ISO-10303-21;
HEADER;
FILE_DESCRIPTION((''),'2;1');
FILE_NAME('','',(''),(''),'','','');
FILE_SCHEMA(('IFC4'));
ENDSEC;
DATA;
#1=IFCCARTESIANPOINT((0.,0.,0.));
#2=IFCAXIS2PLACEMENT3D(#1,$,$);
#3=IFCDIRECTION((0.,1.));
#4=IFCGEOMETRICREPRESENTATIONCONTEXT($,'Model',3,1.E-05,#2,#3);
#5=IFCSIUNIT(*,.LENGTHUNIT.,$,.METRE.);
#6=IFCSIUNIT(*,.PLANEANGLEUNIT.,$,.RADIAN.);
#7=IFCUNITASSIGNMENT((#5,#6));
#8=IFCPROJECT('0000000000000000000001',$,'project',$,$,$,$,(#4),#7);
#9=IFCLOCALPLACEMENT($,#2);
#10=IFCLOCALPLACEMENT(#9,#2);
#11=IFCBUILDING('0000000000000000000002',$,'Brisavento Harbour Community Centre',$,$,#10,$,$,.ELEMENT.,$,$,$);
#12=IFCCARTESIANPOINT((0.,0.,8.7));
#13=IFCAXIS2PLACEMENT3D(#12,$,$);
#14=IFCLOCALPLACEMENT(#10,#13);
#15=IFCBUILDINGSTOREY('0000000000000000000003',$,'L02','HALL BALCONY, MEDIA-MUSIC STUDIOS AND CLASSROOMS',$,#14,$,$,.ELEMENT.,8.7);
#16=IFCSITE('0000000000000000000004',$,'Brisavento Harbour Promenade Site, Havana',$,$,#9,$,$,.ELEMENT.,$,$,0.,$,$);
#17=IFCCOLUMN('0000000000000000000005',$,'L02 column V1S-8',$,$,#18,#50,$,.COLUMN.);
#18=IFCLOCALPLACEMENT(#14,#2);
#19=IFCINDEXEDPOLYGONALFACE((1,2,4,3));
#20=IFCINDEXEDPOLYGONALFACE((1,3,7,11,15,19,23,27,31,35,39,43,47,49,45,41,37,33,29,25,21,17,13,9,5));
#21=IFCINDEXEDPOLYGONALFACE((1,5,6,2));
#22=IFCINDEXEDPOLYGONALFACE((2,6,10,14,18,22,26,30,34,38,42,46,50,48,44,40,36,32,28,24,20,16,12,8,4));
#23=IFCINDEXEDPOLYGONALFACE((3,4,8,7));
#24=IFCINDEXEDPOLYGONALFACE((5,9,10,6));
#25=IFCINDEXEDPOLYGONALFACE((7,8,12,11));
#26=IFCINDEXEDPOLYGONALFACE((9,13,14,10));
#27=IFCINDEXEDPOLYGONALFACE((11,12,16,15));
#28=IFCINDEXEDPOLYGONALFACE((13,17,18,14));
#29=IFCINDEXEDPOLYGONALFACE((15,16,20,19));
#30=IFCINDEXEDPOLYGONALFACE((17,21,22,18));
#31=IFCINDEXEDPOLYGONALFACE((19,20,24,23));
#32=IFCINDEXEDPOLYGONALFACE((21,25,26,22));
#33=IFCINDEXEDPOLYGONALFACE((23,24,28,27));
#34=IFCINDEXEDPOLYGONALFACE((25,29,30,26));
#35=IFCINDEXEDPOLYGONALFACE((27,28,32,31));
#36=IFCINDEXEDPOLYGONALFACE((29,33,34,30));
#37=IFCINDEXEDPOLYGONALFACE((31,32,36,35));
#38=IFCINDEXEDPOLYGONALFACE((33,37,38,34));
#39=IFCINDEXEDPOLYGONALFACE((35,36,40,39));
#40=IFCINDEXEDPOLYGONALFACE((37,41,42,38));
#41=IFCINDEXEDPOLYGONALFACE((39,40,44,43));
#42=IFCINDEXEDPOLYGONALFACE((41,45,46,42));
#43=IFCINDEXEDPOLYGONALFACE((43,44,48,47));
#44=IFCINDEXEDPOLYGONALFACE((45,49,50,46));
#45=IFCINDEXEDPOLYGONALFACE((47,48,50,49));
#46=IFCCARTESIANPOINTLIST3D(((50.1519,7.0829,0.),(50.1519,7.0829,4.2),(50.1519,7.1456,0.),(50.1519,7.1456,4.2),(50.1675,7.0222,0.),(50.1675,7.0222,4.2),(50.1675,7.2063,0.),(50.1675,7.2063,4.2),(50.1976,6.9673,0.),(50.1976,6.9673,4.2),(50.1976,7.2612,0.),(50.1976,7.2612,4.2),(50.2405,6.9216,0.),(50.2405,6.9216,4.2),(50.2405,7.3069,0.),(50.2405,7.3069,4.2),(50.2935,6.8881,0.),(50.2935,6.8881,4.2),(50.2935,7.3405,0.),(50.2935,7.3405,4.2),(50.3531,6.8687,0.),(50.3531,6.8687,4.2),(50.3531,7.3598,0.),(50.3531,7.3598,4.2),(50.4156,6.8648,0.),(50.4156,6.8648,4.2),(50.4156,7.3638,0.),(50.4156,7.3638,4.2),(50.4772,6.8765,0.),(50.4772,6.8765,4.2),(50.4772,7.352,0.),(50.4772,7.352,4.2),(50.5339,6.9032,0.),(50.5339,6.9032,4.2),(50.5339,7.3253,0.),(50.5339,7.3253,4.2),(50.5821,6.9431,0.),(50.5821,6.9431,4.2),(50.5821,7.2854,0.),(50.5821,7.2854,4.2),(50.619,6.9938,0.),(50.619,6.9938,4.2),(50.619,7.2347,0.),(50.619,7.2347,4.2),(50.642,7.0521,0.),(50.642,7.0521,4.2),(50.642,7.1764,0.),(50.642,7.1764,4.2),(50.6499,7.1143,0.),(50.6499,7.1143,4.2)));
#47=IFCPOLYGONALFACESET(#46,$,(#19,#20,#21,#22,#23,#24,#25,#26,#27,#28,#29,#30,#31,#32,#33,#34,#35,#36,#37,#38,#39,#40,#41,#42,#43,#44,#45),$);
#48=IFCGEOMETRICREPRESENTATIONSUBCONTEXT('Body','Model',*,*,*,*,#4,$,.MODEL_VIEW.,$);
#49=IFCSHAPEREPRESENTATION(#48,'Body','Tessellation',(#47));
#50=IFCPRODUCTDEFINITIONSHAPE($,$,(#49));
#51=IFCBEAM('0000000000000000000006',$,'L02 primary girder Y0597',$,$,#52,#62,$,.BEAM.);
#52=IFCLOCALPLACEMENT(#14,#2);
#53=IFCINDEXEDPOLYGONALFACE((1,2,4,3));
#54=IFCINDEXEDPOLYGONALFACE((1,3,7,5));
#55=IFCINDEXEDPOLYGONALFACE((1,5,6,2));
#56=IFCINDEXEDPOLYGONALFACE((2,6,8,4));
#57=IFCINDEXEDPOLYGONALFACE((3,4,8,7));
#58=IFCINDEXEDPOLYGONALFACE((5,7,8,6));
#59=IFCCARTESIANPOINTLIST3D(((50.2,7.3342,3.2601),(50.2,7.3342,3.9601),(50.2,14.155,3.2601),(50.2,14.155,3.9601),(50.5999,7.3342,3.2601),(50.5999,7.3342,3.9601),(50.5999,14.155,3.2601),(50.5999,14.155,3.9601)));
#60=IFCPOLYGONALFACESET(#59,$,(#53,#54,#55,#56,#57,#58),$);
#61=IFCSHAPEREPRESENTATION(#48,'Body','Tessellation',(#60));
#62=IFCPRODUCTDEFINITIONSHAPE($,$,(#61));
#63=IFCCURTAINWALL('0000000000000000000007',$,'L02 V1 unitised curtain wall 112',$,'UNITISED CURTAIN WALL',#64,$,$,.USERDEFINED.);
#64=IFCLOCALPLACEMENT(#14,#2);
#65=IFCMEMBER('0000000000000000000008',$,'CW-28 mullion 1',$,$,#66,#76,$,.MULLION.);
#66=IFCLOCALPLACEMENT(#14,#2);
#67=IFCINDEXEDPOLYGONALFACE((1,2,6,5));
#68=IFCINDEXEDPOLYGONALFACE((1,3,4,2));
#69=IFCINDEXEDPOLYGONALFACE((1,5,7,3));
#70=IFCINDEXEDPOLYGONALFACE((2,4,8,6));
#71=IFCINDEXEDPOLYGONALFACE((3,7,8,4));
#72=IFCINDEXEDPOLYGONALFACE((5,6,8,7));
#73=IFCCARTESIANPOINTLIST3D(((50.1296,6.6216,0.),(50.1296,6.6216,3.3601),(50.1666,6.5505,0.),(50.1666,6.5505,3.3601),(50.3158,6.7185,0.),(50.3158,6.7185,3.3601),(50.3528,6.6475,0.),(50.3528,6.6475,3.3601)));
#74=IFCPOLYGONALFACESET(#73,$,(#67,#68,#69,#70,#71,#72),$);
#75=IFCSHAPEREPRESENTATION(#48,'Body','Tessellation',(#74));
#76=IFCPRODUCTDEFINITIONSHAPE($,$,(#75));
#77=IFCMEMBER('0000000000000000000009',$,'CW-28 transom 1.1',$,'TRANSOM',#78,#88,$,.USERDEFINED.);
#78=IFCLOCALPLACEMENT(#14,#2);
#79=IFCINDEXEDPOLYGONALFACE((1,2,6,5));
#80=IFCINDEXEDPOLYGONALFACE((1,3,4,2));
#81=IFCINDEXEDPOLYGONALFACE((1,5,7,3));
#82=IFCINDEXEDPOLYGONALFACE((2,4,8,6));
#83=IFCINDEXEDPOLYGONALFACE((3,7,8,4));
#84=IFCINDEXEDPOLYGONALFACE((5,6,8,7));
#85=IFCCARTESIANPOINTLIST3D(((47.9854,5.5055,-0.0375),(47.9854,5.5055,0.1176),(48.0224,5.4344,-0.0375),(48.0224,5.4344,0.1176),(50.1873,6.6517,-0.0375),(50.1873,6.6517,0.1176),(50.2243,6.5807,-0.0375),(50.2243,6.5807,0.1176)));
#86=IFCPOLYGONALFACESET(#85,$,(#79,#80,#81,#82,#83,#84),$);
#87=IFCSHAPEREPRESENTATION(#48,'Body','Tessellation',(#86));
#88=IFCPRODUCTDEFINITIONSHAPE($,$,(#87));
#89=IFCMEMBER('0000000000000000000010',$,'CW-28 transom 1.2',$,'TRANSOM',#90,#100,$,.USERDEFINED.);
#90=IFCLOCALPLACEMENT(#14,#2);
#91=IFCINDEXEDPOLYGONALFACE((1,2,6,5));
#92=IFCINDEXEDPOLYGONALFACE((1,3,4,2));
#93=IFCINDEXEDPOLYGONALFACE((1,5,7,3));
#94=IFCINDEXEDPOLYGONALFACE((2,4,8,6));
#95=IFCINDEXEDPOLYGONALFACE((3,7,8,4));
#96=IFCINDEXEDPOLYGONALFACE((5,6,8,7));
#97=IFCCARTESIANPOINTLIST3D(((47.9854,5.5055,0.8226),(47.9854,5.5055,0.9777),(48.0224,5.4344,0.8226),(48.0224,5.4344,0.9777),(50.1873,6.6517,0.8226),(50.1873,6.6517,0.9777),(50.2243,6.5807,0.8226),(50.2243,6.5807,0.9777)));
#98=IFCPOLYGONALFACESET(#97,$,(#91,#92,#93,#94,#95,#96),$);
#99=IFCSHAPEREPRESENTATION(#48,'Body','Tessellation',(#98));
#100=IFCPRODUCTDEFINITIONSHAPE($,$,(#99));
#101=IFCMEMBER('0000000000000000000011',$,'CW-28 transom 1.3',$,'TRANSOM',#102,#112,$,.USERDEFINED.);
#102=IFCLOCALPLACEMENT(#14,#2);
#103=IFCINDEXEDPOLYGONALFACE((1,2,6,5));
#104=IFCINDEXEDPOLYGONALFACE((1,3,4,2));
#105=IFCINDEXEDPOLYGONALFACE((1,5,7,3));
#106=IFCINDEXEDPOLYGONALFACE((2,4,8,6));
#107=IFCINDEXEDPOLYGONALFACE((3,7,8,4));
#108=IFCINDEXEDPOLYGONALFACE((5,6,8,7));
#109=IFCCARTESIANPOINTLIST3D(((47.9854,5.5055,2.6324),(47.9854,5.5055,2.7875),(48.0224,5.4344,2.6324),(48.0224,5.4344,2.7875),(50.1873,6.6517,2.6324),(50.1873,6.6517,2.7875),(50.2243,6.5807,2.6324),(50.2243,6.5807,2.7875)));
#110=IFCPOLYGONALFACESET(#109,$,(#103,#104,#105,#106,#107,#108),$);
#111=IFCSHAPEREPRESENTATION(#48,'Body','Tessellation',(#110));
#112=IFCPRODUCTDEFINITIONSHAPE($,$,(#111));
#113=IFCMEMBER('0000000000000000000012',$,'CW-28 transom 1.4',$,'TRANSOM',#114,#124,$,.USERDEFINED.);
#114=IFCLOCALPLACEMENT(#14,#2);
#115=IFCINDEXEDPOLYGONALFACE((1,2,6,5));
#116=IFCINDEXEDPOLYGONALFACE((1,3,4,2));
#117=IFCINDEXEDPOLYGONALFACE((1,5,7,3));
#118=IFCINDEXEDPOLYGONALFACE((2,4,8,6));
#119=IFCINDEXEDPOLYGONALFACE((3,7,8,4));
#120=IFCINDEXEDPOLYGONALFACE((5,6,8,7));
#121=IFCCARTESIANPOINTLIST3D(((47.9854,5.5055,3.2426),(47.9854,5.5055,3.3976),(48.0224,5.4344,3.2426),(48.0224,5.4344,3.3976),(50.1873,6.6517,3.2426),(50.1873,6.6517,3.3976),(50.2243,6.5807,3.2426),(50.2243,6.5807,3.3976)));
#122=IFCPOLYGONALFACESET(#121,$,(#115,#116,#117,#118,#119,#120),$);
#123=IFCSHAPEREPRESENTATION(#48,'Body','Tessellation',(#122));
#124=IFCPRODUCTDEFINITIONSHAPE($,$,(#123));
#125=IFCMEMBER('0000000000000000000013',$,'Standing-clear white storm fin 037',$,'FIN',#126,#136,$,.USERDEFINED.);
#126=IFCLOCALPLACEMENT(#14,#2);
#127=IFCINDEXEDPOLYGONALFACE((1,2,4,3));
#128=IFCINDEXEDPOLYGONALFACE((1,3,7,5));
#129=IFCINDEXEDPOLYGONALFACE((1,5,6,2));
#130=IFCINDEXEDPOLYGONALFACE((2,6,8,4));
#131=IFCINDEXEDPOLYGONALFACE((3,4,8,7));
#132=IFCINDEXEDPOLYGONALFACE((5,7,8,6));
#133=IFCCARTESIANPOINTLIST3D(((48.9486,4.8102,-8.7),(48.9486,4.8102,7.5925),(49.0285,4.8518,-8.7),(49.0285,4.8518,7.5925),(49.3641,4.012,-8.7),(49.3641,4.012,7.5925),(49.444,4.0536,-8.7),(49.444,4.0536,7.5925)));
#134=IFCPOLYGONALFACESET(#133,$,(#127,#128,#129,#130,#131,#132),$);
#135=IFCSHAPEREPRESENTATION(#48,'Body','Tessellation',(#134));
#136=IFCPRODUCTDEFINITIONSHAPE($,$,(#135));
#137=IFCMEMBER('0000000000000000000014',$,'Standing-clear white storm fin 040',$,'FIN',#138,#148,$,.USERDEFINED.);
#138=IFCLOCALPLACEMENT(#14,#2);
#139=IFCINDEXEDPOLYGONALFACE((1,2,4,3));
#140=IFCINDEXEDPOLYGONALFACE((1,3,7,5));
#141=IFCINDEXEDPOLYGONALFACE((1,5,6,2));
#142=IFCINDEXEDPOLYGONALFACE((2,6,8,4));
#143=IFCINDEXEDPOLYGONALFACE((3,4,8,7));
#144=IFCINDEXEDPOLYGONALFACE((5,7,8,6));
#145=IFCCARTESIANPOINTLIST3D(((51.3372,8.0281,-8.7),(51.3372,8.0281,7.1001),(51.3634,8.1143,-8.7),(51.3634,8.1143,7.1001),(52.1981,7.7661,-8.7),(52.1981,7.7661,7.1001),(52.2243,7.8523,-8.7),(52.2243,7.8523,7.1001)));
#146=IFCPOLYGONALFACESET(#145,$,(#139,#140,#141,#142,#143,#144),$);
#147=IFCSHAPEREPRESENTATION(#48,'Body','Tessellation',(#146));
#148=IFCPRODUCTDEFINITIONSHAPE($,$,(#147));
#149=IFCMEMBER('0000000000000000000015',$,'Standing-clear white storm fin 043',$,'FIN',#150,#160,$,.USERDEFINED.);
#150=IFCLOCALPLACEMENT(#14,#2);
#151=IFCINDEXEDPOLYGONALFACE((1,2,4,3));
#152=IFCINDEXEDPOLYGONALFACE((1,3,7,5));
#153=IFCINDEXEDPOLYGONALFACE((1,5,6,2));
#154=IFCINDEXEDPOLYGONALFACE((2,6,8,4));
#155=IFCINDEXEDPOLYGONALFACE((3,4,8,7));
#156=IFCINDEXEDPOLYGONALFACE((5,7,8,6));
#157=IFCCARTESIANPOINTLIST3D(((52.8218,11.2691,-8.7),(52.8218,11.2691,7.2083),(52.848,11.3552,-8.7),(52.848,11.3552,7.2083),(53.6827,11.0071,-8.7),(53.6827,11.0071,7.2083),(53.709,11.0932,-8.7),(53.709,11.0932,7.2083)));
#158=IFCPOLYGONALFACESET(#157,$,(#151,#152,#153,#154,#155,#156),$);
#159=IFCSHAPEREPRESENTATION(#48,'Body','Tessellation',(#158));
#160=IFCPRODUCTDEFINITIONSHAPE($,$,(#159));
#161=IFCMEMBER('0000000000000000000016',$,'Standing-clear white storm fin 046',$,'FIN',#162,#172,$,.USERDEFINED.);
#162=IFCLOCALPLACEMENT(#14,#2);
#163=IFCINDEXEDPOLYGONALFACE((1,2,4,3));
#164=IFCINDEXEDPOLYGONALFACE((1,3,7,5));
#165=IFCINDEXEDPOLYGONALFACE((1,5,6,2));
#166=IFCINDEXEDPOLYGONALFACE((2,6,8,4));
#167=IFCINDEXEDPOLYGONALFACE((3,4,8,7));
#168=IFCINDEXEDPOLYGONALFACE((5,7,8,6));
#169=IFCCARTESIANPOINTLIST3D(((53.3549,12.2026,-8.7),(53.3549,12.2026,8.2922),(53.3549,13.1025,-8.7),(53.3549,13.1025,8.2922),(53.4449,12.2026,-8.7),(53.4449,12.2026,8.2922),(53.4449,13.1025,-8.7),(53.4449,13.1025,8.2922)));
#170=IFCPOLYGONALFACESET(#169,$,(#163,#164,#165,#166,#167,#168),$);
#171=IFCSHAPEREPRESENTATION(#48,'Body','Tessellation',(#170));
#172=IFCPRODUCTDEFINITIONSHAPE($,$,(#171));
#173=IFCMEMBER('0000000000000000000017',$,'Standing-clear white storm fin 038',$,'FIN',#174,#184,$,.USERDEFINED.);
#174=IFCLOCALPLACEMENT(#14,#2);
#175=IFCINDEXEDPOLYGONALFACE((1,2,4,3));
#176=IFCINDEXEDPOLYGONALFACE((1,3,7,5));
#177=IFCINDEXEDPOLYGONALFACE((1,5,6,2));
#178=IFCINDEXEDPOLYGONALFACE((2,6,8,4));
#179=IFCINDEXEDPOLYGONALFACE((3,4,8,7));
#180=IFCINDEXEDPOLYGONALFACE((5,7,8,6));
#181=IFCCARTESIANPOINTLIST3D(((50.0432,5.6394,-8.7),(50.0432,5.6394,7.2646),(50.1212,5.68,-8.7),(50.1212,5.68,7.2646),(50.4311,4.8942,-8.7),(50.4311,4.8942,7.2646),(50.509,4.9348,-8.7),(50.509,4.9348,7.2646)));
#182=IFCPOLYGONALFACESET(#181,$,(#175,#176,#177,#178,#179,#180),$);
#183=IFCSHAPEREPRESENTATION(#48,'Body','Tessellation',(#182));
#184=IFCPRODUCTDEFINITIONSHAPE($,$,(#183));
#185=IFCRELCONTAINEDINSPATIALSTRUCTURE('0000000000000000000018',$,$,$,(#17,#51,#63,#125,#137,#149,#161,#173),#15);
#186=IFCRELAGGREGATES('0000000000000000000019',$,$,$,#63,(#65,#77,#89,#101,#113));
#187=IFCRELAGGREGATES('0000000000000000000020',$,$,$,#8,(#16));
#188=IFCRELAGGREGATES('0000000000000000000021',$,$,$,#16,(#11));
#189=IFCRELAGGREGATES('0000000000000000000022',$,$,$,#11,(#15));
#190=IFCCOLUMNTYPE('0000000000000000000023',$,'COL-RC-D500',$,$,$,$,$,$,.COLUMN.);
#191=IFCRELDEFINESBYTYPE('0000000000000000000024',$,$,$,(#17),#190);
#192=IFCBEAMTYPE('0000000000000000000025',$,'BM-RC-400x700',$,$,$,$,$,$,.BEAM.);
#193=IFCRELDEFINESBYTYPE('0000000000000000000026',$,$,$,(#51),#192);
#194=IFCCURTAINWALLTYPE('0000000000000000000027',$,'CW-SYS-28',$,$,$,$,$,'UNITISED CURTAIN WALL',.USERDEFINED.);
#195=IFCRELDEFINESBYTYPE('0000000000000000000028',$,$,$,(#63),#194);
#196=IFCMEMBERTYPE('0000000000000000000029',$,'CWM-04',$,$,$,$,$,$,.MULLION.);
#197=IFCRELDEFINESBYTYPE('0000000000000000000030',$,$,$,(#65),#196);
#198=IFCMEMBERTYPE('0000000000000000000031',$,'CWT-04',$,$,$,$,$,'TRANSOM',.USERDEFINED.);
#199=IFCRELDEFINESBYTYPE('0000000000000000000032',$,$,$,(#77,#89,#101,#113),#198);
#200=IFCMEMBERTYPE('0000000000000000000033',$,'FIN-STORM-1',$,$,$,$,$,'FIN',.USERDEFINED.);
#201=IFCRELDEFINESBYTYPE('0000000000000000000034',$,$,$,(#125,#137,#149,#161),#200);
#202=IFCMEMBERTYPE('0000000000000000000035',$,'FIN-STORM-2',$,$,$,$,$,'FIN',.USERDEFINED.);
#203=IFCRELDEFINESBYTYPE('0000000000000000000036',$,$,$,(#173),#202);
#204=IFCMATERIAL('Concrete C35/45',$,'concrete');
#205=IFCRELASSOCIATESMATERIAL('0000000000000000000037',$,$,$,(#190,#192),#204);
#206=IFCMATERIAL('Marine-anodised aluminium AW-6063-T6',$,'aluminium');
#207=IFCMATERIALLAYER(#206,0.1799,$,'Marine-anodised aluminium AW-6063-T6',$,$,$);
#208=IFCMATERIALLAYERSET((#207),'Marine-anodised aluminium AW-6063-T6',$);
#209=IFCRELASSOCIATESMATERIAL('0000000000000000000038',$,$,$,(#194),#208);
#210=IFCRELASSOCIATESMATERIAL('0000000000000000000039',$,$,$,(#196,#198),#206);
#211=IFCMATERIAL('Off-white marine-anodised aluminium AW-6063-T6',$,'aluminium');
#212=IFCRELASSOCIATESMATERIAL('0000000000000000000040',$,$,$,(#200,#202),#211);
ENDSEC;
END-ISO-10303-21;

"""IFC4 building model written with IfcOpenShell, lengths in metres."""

from ifc_helpers import new_model, si_unit, direction, frame, origin, origin_2d, place, context, subcontext, project, spatial, rectangle, circle, extrude, material, layer, layer_set, material_profile, profile_set, type_object, element, aggregate, save


model = new_model("IFC4")

# Units and contexts
model_context = context("Model", 3, precision=1e-05, world=origin(), true_north=direction((0.0, 1.0)))
body_context = subcontext(model_context, "Body", "Model", "MODEL_VIEW")
ifc_project = project(units=[si_unit("LENGTHUNIT", "METRE"), si_unit("PLANEANGLEUNIT", "RADIAN")], contexts=[model_context])

# Site, building, storey
site_placement = place(None, origin())
site = spatial("IfcSite", under=ifc_project, at=site_placement, Name="Brisavento Harbour Promenade Site, Havana", CompositionType="ELEMENT", RefElevation=0.0)
building_placement = place(site_placement, origin())
building = spatial("IfcBuilding", under=site, at=building_placement, Name="Brisavento Harbour Community Centre", CompositionType="ELEMENT")
storey_placement = place(building_placement, frame((0.0, 0.0, 8.7)))
storey = spatial("IfcBuildingStorey", under=building, at=storey_placement, Name="L02", Description="HALL BALCONY, MEDIA-MUSIC STUDIOS AND CLASSROOMS", CompositionType="ELEMENT", Elevation=8.7)

# Column
ifc_material_1 = material(Name="Concrete C35/45", Category="concrete")
ifc_material_profile_1 = material_profile(ifc_material_1, circle(Radius=0.25, at=origin_2d()), Name="Concrete C35/45")
ifc_profile_set_1 = profile_set([ifc_material_profile_1], Name="Concrete C35/45")
column_type = type_object("IfcColumnType", Name="COL-RC-D500", PredefinedType="COLUMN", material=ifc_profile_set_1)
column_placement = place(storey_placement, frame((50.3999, 7.1143, 0.0), z_axis=(0.0, 0.0, 1.0), x_axis=(1.0, 0.0, 0.0)))
element("IfcColumn", 1, at=column_placement, inside=storey, type_object=column_type, Name="L02 column V1S-8", PredefinedType="COLUMN", context=body_context, shape_type="SweptSolid", body=[
    extrude(circle(Radius=0.25, at=origin_2d()), origin(), (0.0, 0.0, 1.0), 4.2),
])

# Beam
ifc_material_profile_2 = material_profile(ifc_material_1, rectangle(XDim=0.3999, YDim=0.7, at=origin_2d()), Name="Concrete C35/45")
ifc_profile_set_2 = profile_set([ifc_material_profile_2], Name="Concrete C35/45")
beam_type = type_object("IfcBeamType", Name="BM-RC-400x700", PredefinedType="BEAM", material=ifc_profile_set_2)
beam_placement = place(storey_placement, frame((50.3999, 7.3342, 3.6101), z_axis=(0.0, 1.0, 0.0), x_axis=(-1.0, 0.0, 0.0)))
element("IfcBeam", 2, at=beam_placement, inside=storey, type_object=beam_type, Name="L02 primary girder Y0597", PredefinedType="BEAM", context=body_context, shape_type="SweptSolid", body=[
    extrude(rectangle(XDim=0.3999, YDim=0.7, at=origin_2d()), origin(), (0.0, 0.0, 1.0), 6.8208),
])

# Curtain wall, members
ifc_material_2 = material(Name="Marine-anodised aluminium AW-6063-T6", Category="aluminium")
ifc_layer_1 = layer(ifc_material_2, 0.1799, Name="Marine-anodised aluminium AW-6063-T6")
ifc_layer_set_1 = layer_set([ifc_layer_1], Name="Marine-anodised aluminium AW-6063-T6")
curtain_wall_type = type_object("IfcCurtainWallType", Name="CW-SYS-28", ElementType="UNITISED CURTAIN WALL", PredefinedType="USERDEFINED", material=ifc_layer_set_1)
curtain_wall_placement = place(storey_placement, origin())
curtain_wall = element("IfcCurtainWall", 3, at=curtain_wall_placement, inside=storey, type_object=curtain_wall_type, Name="L02 V1 unitised curtain wall 112", ObjectType="UNITISED CURTAIN WALL", PredefinedType="USERDEFINED")
ifc_material_profile_3 = material_profile(ifc_material_2, rectangle(XDim=0.0801, YDim=0.21, at=origin_2d()), Name="Marine-anodised aluminium AW-6063-T6")
ifc_profile_set_3 = profile_set([ifc_material_profile_3], Name="Marine-anodised aluminium AW-6063-T6")
member_type_1 = type_object("IfcMemberType", Name="CWM-04", PredefinedType="MULLION", material=ifc_profile_set_3)
member_1_placement = place(storey_placement, frame((50.2412, 6.6345, 0.0), z_axis=(0.0, 0.0, 1.0), x_axis=(0.461732, -0.88702, 0.0)))
member_1 = element("IfcMember", 4, at=member_1_placement, type_object=member_type_1, Name="CW-28 mullion 1", PredefinedType="MULLION", context=body_context, shape_type="SweptSolid", body=[
    extrude(rectangle(XDim=0.0801, YDim=0.21, at=origin_2d()), origin(), (0.0, 0.0, 1.0), 3.3601),
])
ifc_material_profile_4 = material_profile(ifc_material_2, rectangle(XDim=0.0801, YDim=0.155, at=origin_2d()), Name="Marine-anodised aluminium AW-6063-T6")
ifc_profile_set_4 = profile_set([ifc_material_profile_4], Name="Marine-anodised aluminium AW-6063-T6")
member_type_2 = type_object("IfcMemberType", Name="CWT-04", ElementType="TRANSOM", PredefinedType="USERDEFINED", material=ifc_profile_set_4)
member_2_placement = place(storey_placement, frame((50.2058, 6.6162, 0.04), z_axis=(-0.887011, -0.461749, 0.0), x_axis=(0.461749, -0.887011, 0.0)))
member_2 = element("IfcMember", 5, at=member_2_placement, type_object=member_type_2, Name="CW-28 transom 1.1", ObjectType="TRANSOM", PredefinedType="USERDEFINED", context=body_context, shape_type="SweptSolid", body=[
    extrude(rectangle(XDim=0.0801, YDim=0.155, at=origin_2d()), origin(), (0.0, 0.0, 1.0), 2.4824),
])
member_3_placement = place(storey_placement, frame((50.2058, 6.6162, 0.9001), z_axis=(-0.887011, -0.461749, 0.0), x_axis=(0.461749, -0.887011, 0.0)))
member_3 = element("IfcMember", 6, at=member_3_placement, type_object=member_type_2, Name="CW-28 transom 1.2", ObjectType="TRANSOM", PredefinedType="USERDEFINED", context=body_context, shape_type="SweptSolid", body=[
    extrude(rectangle(XDim=0.0801, YDim=0.155, at=origin_2d()), origin(), (0.0, 0.0, 1.0), 2.4824),
])
member_4_placement = place(storey_placement, frame((50.2058, 6.6162, 2.71), z_axis=(-0.887011, -0.461749, 0.0), x_axis=(0.461749, -0.887011, 0.0)))
member_4 = element("IfcMember", 7, at=member_4_placement, type_object=member_type_2, Name="CW-28 transom 1.3", ObjectType="TRANSOM", PredefinedType="USERDEFINED", context=body_context, shape_type="SweptSolid", body=[
    extrude(rectangle(XDim=0.0801, YDim=0.155, at=origin_2d()), origin(), (0.0, 0.0, 1.0), 2.4824),
])
member_5_placement = place(storey_placement, frame((50.2058, 6.6162, 3.3201), z_axis=(-0.887011, -0.461749, 0.0), x_axis=(0.461749, -0.887011, 0.0)))
member_5 = element("IfcMember", 8, at=member_5_placement, type_object=member_type_2, Name="CW-28 transom 1.4", ObjectType="TRANSOM", PredefinedType="USERDEFINED", context=body_context, shape_type="SweptSolid", body=[
    extrude(rectangle(XDim=0.0801, YDim=0.155, at=origin_2d()), origin(), (0.0, 0.0, 1.0), 2.4824),
])

# Members
ifc_material_3 = material(Name="Off-white marine-anodised aluminium AW-6063-T6", Category="aluminium")
ifc_material_profile_5 = material_profile(ifc_material_3, rectangle(XDim=0.0901, YDim=0.8999, at=origin_2d()), Name="Off-white marine-anodised aluminium AW-6063-T6")
ifc_profile_set_5 = profile_set([ifc_material_profile_5], Name="Off-white marine-anodised aluminium AW-6063-T6")
member_type_3 = type_object("IfcMemberType", Name="FIN-STORM-1", ElementType="FIN", PredefinedType="USERDEFINED", material=ifc_profile_set_5)
member_6_placement = place(storey_placement, frame((49.1963, 4.4319, -8.7), z_axis=(0.0, 0.0, 1.0), x_axis=(-0.887035, -0.461702, 0.0)))
element("IfcMember", 9, at=member_6_placement, inside=storey, type_object=member_type_3, Name="Standing-clear white storm fin 037", ObjectType="FIN", PredefinedType="USERDEFINED", context=body_context, shape_type="SweptSolid", body=[
    extrude(rectangle(XDim=0.0901, YDim=0.8999, at=origin_2d()), origin(), (0.0, 0.0, 1.0), 16.2925),
])
member_7_placement = place(storey_placement, frame((51.7808, 7.9402, -8.7), z_axis=(0.0, 0.0, 1.0), x_axis=(-0.291153, -0.956676, 0.0)))
element("IfcMember", 10, at=member_7_placement, inside=storey, type_object=member_type_3, Name="Standing-clear white storm fin 040", ObjectType="FIN", PredefinedType="USERDEFINED", context=body_context, shape_type="SweptSolid", body=[
    extrude(rectangle(XDim=0.0901, YDim=0.8999, at=origin_2d()), origin(), (0.0, 0.0, 1.0), 15.8),
])
member_8_placement = place(storey_placement, frame((53.2654, 11.1812, -8.7), z_axis=(0.0, 0.0, 1.0), x_axis=(-0.291153, -0.956676, 0.0)))
element("IfcMember", 11, at=member_8_placement, inside=storey, type_object=member_type_3, Name="Standing-clear white storm fin 043", ObjectType="FIN", PredefinedType="USERDEFINED", context=body_context, shape_type="SweptSolid", body=[
    extrude(rectangle(XDim=0.0901, YDim=0.8999, at=origin_2d()), origin(), (0.0, 0.0, 1.0), 15.9082),
])
member_9_placement = place(storey_placement, frame((53.3999, 12.6526, -8.7), z_axis=(0.0, 0.0, 1.0), x_axis=(-1.0, 0.0, 0.0)))
element("IfcMember", 12, at=member_9_placement, inside=storey, type_object=member_type_3, Name="Standing-clear white storm fin 046", ObjectType="FIN", PredefinedType="USERDEFINED", context=body_context, shape_type="SweptSolid", body=[
    extrude(rectangle(XDim=0.0901, YDim=0.8999, at=origin_2d()), origin(), (0.0, 0.0, 1.0), 16.9922),
])
ifc_material_profile_6 = material_profile(ifc_material_3, rectangle(XDim=0.0879, YDim=0.8401, at=origin_2d()), Name="Off-white marine-anodised aluminium AW-6063-T6")
ifc_profile_set_6 = profile_set([ifc_material_profile_6], Name="Off-white marine-anodised aluminium AW-6063-T6")
member_type_4 = type_object("IfcMemberType", Name="FIN-STORM-2", ElementType="FIN", PredefinedType="USERDEFINED", material=ifc_profile_set_6)
member_10_placement = place(storey_placement, frame((50.2761, 5.2871, -8.7), z_axis=(0.0, 0.0, 1.0), x_axis=(-0.887035, -0.461702, 0.0)))
element("IfcMember", 13, at=member_10_placement, inside=storey, type_object=member_type_4, Name="Standing-clear white storm fin 038", ObjectType="FIN", PredefinedType="USERDEFINED", context=body_context, shape_type="SweptSolid", body=[
    extrude(rectangle(XDim=0.0879, YDim=0.8401, at=origin_2d()), origin(), (0.0, 0.0, 1.0), 15.9646),
])

aggregate(curtain_wall, [member_1, member_2, member_3, member_4, member_5])

save(model, "model.ifc")
